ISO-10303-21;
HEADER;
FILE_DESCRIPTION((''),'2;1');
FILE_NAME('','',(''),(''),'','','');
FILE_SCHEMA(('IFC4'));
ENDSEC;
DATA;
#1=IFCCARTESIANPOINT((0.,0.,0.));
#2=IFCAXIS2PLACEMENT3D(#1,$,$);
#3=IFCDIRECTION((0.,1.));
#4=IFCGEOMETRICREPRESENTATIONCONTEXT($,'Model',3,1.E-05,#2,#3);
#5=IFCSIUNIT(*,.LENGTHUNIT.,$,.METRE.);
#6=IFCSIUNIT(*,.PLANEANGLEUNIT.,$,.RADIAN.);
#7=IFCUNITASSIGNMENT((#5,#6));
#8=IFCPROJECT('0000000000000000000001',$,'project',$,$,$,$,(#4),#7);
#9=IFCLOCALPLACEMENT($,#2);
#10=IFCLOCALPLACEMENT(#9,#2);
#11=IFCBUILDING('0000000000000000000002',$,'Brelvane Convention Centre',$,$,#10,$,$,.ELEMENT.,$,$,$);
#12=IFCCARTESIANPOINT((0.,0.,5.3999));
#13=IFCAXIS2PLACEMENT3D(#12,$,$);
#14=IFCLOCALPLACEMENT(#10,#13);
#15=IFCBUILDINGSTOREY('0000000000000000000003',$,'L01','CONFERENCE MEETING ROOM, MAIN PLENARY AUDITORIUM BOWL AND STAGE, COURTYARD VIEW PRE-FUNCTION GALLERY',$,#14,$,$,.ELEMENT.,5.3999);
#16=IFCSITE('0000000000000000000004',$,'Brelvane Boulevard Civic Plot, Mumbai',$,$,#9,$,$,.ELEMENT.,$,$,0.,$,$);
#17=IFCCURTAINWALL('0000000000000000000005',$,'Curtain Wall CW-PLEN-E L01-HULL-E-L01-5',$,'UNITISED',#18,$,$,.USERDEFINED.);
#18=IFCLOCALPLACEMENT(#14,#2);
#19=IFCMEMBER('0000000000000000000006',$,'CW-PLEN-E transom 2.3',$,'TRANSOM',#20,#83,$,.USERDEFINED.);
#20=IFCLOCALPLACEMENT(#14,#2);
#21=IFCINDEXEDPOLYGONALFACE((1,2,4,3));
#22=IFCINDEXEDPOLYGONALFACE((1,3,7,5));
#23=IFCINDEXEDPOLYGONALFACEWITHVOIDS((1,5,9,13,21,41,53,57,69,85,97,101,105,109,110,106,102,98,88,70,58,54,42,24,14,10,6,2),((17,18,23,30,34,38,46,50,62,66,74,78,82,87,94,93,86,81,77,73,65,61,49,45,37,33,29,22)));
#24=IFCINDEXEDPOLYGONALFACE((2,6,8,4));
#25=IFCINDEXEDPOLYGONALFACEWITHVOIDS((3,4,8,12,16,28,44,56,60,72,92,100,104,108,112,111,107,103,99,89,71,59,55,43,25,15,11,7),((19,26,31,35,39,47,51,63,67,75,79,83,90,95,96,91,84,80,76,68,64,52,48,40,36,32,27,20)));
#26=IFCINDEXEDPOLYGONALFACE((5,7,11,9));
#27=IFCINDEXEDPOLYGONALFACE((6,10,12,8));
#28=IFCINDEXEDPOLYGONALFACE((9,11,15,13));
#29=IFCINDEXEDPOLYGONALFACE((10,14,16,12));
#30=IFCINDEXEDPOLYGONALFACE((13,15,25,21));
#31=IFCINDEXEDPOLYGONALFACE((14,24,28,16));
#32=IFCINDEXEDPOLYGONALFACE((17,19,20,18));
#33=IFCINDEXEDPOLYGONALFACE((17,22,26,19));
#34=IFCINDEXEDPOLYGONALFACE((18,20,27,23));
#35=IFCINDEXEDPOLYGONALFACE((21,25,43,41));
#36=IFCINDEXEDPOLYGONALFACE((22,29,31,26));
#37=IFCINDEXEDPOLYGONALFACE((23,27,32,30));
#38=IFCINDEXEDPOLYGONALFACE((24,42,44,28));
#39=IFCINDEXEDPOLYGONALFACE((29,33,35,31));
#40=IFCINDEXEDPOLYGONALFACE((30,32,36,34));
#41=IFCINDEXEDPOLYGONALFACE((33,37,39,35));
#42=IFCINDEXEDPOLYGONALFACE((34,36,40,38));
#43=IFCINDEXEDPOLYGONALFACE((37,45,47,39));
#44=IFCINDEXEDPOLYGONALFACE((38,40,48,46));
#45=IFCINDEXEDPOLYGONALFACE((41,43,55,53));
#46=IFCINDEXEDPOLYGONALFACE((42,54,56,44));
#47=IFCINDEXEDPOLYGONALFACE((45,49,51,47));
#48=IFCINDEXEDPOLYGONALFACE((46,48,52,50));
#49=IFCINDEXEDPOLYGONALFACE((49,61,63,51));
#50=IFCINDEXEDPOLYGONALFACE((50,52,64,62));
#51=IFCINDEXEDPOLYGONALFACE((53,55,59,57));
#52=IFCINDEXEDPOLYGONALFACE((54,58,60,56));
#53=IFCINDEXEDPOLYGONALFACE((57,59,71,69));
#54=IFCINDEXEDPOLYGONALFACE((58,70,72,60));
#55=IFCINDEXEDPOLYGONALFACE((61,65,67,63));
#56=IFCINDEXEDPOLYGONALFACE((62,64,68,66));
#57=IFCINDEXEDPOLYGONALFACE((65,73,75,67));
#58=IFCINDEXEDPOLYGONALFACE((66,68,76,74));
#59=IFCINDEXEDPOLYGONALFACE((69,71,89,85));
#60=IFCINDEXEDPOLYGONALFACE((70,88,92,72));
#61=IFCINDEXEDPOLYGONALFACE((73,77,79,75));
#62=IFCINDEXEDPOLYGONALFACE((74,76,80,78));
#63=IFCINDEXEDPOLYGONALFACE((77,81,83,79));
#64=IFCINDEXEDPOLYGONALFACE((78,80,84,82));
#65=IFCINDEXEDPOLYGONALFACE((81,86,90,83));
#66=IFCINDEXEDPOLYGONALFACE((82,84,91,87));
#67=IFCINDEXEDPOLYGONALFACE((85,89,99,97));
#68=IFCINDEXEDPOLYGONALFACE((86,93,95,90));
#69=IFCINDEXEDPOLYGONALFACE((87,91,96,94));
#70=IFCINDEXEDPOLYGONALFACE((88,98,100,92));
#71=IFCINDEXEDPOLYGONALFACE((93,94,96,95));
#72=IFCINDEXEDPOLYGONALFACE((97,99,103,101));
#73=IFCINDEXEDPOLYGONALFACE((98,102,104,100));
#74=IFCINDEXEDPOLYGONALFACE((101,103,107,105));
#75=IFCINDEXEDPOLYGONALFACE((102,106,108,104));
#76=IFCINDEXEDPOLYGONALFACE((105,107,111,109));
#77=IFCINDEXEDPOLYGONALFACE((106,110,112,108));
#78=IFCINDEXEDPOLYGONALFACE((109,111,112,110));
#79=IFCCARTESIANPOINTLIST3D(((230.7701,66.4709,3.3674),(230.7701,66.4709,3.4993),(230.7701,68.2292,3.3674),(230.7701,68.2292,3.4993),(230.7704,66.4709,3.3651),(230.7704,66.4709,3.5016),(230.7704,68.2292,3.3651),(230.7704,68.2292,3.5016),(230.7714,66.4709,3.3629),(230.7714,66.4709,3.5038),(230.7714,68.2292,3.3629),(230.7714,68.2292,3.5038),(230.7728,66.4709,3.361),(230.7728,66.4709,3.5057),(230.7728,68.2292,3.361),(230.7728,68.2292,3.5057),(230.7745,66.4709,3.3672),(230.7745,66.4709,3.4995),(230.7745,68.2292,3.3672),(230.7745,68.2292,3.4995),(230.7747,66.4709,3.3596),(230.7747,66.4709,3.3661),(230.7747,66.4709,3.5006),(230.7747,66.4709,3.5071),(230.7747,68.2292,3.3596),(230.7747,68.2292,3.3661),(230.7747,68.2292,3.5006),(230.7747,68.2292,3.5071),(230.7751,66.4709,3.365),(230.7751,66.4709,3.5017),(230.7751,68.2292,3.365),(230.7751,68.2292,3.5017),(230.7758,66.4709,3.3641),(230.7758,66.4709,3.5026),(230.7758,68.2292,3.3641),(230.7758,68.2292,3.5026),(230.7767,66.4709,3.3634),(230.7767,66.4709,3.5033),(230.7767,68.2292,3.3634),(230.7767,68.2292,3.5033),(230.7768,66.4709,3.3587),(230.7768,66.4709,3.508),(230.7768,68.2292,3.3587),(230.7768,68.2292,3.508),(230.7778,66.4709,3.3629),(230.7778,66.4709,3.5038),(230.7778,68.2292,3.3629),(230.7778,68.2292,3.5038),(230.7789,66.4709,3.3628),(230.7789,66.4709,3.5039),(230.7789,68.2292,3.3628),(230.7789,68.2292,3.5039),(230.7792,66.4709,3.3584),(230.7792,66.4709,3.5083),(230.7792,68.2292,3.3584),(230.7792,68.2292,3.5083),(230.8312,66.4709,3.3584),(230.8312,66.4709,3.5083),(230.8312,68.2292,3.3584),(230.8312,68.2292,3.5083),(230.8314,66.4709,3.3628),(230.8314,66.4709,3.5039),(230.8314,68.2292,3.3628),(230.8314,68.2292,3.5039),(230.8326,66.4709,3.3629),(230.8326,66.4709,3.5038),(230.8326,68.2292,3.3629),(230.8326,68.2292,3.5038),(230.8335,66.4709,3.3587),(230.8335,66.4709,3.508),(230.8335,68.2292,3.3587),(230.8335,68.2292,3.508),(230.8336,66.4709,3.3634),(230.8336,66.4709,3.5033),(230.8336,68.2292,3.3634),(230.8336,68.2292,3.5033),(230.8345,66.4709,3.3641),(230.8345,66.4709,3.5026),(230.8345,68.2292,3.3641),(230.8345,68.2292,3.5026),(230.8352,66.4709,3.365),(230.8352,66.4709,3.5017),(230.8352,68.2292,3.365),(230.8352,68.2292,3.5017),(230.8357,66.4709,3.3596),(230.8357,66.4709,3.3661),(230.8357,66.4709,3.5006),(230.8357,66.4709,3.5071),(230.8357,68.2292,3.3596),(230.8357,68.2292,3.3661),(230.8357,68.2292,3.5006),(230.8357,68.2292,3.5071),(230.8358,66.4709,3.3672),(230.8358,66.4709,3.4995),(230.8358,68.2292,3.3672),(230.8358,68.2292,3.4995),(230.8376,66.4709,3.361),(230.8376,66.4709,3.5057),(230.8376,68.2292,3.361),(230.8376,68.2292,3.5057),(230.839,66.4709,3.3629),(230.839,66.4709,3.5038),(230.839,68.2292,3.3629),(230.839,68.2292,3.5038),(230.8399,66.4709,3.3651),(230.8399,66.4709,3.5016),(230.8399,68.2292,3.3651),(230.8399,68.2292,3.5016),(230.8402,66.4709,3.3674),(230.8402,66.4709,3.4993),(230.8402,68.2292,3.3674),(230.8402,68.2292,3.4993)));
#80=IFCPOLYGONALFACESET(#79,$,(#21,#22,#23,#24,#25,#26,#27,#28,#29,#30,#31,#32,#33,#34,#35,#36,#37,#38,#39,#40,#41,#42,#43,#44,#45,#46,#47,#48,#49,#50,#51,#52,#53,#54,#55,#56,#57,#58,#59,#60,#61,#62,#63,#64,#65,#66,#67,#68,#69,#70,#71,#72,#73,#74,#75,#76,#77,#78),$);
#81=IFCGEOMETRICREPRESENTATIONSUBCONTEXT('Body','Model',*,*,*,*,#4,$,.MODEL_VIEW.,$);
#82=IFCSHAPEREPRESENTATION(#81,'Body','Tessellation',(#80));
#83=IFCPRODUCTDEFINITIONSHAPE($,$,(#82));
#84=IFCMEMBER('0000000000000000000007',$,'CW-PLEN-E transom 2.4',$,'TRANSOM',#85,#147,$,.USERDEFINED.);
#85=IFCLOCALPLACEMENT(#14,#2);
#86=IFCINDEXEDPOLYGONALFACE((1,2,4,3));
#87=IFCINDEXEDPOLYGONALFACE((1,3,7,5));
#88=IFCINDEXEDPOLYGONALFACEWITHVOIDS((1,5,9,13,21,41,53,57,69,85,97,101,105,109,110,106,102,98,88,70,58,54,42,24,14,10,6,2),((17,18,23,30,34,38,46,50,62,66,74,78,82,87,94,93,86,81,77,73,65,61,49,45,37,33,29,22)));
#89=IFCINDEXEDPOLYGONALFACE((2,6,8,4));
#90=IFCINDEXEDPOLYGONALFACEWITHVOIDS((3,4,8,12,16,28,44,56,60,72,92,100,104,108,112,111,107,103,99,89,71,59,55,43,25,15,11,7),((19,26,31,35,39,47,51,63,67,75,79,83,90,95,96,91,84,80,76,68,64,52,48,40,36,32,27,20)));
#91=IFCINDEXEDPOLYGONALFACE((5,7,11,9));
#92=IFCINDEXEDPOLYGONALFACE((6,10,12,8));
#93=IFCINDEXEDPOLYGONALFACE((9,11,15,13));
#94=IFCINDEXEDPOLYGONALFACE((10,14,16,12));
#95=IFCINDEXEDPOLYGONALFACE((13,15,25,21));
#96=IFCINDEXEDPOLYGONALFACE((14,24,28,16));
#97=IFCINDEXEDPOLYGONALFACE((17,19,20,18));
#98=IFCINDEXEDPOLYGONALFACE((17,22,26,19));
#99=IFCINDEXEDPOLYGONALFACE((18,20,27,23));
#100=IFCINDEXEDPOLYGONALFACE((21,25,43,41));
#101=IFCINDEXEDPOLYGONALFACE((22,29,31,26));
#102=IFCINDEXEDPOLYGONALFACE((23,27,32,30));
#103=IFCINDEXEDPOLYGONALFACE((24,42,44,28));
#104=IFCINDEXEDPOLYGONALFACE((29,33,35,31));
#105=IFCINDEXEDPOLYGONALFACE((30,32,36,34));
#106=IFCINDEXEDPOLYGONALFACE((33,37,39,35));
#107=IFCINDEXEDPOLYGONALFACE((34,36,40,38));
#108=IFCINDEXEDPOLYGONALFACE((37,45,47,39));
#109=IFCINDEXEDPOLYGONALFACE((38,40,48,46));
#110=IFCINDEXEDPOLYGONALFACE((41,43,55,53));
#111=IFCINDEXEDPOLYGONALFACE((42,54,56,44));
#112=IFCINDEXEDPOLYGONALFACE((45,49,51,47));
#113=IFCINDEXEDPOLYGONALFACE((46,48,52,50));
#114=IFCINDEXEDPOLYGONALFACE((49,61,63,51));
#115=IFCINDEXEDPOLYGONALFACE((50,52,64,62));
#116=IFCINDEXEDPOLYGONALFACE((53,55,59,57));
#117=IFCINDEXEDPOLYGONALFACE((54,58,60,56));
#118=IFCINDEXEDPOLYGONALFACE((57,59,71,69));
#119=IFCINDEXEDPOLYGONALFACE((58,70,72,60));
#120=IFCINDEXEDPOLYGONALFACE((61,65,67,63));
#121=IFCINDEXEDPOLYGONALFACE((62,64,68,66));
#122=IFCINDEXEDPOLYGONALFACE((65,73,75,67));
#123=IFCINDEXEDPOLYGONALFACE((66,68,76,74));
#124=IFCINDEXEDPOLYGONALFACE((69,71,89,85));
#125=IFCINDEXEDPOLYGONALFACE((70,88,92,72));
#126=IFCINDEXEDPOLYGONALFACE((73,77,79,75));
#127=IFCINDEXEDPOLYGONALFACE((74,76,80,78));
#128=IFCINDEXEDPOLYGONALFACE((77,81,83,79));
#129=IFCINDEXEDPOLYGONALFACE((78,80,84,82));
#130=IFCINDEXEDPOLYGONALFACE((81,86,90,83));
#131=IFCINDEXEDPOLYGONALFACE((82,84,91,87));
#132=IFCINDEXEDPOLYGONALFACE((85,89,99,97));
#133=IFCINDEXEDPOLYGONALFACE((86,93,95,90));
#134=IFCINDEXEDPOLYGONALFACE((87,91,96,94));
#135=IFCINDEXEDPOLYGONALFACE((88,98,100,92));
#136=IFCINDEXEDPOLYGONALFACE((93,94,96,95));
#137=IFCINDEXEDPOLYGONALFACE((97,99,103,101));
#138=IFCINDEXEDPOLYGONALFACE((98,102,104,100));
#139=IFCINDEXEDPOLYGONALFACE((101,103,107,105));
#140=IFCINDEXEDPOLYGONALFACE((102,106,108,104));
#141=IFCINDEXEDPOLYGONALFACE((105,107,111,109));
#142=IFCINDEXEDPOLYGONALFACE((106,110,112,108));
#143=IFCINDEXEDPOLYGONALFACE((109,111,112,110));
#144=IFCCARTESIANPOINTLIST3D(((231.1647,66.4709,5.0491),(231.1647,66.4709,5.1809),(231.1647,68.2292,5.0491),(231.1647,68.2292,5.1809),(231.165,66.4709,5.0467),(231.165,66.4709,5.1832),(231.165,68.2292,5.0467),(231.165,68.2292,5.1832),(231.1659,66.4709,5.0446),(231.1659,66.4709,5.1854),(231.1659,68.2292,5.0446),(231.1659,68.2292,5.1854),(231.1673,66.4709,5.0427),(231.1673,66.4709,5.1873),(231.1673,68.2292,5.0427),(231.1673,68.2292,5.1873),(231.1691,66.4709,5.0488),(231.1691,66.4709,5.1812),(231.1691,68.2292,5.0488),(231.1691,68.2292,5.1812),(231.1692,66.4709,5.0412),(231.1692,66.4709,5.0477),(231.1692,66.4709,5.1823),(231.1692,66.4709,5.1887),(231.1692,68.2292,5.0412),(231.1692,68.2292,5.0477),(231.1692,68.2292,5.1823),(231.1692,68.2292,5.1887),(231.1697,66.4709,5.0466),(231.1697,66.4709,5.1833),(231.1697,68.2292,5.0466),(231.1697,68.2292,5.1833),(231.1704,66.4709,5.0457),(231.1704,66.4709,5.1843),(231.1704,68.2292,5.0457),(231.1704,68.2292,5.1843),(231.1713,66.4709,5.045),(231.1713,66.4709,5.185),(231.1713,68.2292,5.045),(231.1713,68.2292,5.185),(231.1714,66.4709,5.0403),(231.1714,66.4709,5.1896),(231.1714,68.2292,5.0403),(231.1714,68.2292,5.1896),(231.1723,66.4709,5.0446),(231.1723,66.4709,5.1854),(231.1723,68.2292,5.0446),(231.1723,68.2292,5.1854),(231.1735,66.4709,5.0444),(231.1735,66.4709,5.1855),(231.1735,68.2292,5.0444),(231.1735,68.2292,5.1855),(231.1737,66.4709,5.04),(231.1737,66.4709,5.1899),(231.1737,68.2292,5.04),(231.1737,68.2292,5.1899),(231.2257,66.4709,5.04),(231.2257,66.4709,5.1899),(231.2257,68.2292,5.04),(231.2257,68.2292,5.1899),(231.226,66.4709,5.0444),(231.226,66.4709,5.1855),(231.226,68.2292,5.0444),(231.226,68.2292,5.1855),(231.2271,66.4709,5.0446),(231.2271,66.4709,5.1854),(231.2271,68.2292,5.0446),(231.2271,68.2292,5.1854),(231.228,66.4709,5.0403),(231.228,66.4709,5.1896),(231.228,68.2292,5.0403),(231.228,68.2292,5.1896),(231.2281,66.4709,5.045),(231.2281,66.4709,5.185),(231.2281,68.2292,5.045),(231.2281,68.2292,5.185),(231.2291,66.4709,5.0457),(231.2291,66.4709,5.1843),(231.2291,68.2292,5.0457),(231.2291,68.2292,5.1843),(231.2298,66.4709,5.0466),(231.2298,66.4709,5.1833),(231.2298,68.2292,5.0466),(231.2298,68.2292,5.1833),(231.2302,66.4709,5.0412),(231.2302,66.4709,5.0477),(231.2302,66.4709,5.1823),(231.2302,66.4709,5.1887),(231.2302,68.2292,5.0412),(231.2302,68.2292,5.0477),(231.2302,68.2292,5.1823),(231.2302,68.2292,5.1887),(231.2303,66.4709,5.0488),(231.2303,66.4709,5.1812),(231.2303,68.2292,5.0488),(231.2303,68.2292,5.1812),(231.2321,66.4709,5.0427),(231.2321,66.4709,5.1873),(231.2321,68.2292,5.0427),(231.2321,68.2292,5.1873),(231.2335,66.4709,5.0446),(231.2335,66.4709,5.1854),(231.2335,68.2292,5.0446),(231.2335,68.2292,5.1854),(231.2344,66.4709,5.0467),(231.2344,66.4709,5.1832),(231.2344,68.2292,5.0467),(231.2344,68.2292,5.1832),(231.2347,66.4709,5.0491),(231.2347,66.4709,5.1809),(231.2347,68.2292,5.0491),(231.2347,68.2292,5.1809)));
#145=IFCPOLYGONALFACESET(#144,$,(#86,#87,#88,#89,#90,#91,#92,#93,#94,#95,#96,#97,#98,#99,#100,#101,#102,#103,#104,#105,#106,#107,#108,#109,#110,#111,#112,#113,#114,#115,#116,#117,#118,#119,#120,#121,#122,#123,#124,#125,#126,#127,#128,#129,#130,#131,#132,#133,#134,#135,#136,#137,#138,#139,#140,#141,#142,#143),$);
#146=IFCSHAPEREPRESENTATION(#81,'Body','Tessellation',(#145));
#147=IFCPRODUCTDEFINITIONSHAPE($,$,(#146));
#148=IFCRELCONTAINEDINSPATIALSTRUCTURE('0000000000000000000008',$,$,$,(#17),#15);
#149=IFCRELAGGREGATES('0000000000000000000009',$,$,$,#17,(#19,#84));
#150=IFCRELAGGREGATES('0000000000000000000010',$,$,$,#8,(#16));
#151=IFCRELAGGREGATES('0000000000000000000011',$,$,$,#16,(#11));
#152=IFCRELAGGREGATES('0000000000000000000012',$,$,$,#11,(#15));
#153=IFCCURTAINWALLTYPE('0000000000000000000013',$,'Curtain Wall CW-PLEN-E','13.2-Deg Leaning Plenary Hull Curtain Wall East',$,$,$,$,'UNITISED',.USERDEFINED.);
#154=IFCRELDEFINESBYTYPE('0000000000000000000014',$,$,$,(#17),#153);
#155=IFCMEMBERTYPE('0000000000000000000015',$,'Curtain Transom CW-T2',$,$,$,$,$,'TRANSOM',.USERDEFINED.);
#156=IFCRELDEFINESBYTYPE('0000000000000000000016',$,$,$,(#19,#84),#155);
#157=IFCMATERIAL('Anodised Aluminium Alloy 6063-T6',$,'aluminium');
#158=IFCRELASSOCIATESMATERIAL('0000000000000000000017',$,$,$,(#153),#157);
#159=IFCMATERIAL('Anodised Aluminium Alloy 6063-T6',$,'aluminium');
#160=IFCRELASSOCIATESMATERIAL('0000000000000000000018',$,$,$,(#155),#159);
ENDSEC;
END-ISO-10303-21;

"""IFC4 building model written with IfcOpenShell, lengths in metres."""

from ifc_helpers import new_model, si_unit, direction, frame, origin, origin_2d, place, context, subcontext, project, spatial, hollow_rectangle, extrude, material, material_profile, profile_set, type_object, element, aggregate, save


model = new_model("IFC4")

# Units and contexts
model_context = context("Model", 3, precision=1e-05, world=origin(), true_north=direction((0.0, 1.0)))
body_context = subcontext(model_context, "Body", "Model", "MODEL_VIEW")
ifc_project = project(units=[si_unit("LENGTHUNIT", "METRE"), si_unit("PLANEANGLEUNIT", "RADIAN")], contexts=[model_context])

# Site, building, storey
site_placement = place(None, origin())
site = spatial("IfcSite", under=ifc_project, at=site_placement, Name="Brelvane Boulevard Civic Plot, Mumbai", CompositionType="ELEMENT", RefElevation=0.0)
building_placement = place(site_placement, origin())
building = spatial("IfcBuilding", under=site, at=building_placement, Name="Brelvane Convention Centre", CompositionType="ELEMENT")
storey_placement = place(building_placement, frame((0.0, 0.0, 5.3999)))
storey = spatial("IfcBuildingStorey", under=building, at=storey_placement, Name="L01", Description="CONFERENCE MEETING ROOM, MAIN PLENARY AUDITORIUM BOWL AND STAGE, COURTYARD VIEW PRE-FUNCTION GALLERY", CompositionType="ELEMENT", Elevation=5.3999)

# Curtain wall, members
ifc_material_1 = material(Name="Anodised Aluminium Alloy 6063-T6", Category="aluminium")
curtain_wall_type = type_object("IfcCurtainWallType", Name="Curtain Wall CW-PLEN-E", Description="13.2-Deg Leaning Plenary Hull Curtain Wall East", ElementType="UNITISED", PredefinedType="USERDEFINED", material=ifc_material_1)
curtain_wall_placement = place(storey_placement, origin())
curtain_wall = element("IfcCurtainWall", 1, at=curtain_wall_placement, inside=storey, type_object=curtain_wall_type, Name="Curtain Wall CW-PLEN-E L01-HULL-E-L01-5", ObjectType="UNITISED", PredefinedType="USERDEFINED")
ifc_material_2 = material(Name="Anodised Aluminium Alloy 6063-T6", Category="aluminium")
ifc_material_profile = material_profile(ifc_material_2, hollow_rectangle(XDim=0.0701, YDim=0.1499, WallThickness=0.0044, InnerFilletRadius=0.0044, OuterFilletRadius=0.009, at=origin_2d()), Name="ALU-T 150x70x4.5")
ifc_profile_set = profile_set([ifc_material_profile], Name="Anodised Aluminium Alloy 6063-T6")
member_type = type_object("IfcMemberType", Name="Curtain Transom CW-T2", ElementType="TRANSOM", PredefinedType="USERDEFINED", material=ifc_profile_set)
member_1_placement = place(storey_placement, frame((230.8052, 66.4709, 3.4333), z_axis=(0.0, 1.0, 0.0), x_axis=(-1.0, 0.0, 0.0)))
member_1 = element("IfcMember", 2, at=member_1_placement, type_object=member_type, Name="CW-PLEN-E transom 2.3", ObjectType="TRANSOM", PredefinedType="USERDEFINED", context=body_context, shape_type="SweptSolid", body=[
    extrude(hollow_rectangle(XDim=0.0701, YDim=0.1499, WallThickness=0.0044, InnerFilletRadius=0.0044, OuterFilletRadius=0.009, at=origin_2d()), origin(), (0.0, 0.0, 1.0), 1.7583),
])
member_2_placement = place(storey_placement, frame((231.1997, 66.4709, 5.115), z_axis=(0.0, 1.0, 0.0), x_axis=(-1.0, 0.0, 0.0)))
member_2 = element("IfcMember", 3, at=member_2_placement, type_object=member_type, Name="CW-PLEN-E transom 2.4", ObjectType="TRANSOM", PredefinedType="USERDEFINED", context=body_context, shape_type="SweptSolid", body=[
    extrude(hollow_rectangle(XDim=0.0701, YDim=0.1499, WallThickness=0.0044, InnerFilletRadius=0.0044, OuterFilletRadius=0.009, at=origin_2d()), origin(), (0.0, 0.0, 1.0), 1.7583),
])
aggregate(curtain_wall, [member_1, member_2])

save(model, "model.ifc")
